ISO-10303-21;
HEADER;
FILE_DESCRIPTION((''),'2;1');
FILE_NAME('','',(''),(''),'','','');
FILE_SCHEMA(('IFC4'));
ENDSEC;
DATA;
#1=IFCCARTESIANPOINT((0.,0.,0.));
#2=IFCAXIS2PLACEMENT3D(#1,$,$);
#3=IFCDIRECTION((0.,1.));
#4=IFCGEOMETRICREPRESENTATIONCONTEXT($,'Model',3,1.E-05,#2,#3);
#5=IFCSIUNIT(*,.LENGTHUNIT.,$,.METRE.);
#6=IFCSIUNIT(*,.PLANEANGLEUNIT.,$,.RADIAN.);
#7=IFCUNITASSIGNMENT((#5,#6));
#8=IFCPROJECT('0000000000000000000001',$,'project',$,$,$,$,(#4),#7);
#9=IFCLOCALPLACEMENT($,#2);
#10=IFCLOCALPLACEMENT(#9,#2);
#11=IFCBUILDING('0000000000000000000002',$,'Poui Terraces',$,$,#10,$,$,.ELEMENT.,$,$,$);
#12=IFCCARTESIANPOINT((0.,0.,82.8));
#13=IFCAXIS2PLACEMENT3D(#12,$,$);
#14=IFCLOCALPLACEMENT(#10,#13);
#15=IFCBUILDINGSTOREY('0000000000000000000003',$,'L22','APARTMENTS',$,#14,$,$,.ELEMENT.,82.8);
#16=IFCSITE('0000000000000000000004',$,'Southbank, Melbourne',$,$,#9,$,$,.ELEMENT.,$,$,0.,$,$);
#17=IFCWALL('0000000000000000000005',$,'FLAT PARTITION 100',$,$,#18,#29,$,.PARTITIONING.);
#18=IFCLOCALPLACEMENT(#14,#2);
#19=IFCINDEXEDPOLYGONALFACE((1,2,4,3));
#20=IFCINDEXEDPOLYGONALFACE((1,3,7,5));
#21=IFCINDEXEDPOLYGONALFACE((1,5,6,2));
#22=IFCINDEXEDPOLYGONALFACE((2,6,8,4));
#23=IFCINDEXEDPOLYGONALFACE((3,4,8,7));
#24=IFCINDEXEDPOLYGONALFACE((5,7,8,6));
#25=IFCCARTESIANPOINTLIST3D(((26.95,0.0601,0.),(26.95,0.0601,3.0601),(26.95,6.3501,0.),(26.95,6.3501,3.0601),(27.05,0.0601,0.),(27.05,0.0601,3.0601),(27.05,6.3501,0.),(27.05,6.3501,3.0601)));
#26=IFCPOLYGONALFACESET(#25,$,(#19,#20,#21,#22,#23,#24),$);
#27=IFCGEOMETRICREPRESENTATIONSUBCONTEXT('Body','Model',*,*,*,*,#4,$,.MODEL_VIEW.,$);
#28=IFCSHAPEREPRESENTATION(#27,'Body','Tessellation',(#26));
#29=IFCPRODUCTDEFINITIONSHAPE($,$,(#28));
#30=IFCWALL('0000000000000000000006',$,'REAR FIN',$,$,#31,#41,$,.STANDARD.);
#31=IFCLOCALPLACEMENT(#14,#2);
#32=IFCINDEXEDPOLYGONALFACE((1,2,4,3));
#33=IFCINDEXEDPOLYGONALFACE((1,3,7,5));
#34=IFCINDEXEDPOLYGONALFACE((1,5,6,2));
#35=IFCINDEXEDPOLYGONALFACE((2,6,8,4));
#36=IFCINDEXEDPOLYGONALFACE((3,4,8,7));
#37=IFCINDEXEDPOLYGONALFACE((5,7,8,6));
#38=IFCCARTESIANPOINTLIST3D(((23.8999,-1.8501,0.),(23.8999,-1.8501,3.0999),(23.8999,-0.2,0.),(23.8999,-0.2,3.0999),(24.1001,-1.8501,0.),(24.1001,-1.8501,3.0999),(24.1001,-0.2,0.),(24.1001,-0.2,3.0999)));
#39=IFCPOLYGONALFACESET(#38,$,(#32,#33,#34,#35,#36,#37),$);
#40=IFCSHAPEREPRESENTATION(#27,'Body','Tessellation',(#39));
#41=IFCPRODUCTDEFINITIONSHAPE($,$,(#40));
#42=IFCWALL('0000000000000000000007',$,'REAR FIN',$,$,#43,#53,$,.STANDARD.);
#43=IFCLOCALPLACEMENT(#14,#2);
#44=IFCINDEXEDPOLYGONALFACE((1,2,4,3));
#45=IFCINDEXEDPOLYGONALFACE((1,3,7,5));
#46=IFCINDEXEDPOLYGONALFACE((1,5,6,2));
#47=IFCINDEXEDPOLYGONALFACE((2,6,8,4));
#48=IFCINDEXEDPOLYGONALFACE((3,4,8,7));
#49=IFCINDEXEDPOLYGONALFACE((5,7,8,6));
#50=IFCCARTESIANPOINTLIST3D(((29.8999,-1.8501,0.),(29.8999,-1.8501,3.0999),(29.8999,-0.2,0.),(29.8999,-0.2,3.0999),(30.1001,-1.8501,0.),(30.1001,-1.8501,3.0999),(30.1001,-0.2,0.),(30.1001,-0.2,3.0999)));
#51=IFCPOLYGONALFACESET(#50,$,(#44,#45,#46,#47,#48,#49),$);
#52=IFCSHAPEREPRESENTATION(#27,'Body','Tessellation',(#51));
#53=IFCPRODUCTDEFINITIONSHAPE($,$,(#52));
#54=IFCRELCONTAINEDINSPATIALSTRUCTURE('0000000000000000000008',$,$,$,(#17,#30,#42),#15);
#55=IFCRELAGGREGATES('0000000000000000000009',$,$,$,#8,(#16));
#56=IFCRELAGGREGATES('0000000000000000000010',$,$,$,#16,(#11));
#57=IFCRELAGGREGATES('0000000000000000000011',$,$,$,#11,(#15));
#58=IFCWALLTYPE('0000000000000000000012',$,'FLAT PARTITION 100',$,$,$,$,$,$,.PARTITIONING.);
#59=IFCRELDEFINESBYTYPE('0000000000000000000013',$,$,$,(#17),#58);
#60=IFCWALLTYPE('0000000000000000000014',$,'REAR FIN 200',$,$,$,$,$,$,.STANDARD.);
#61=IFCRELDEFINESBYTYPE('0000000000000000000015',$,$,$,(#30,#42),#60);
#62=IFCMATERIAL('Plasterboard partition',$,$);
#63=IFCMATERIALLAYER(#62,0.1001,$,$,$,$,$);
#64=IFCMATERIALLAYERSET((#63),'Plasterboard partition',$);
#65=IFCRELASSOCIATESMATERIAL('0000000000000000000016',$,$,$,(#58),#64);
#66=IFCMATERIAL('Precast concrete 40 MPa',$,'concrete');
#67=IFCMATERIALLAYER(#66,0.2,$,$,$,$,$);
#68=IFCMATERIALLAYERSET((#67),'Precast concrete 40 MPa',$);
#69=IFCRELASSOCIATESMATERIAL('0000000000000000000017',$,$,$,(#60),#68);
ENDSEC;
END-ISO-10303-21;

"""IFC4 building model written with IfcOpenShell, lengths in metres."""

from ifc_helpers import new_model, si_unit, direction, frame, frame_2d, origin, place, context, subcontext, project, spatial, polyline, rectangle, outline, extrude, source, transform, mapped, material, layer, layer_set, type_object, element, save


model = new_model("IFC4")

# Units and contexts
model_context = context("Model", 3, precision=1e-05, world=origin(), true_north=direction((0.0, 1.0)))
body_context = subcontext(model_context, "Body", "Model", "MODEL_VIEW")
ifc_project = project(units=[si_unit("LENGTHUNIT", "METRE"), si_unit("PLANEANGLEUNIT", "RADIAN")], contexts=[model_context])

# Site, building, storey
site_placement = place(None, origin())
site = spatial("IfcSite", under=ifc_project, at=site_placement, Name="Southbank, Melbourne", CompositionType="ELEMENT", RefElevation=0.0)
building_placement = place(site_placement, origin())
building = spatial("IfcBuilding", under=site, at=building_placement, Name="Poui Terraces", CompositionType="ELEMENT")
storey_placement = place(building_placement, frame((0.0, 0.0, 82.8)))
storey = spatial("IfcBuildingStorey", under=building, at=storey_placement, Name="L22", Description="APARTMENTS", CompositionType="ELEMENT", Elevation=82.8)

# Shared definitions
ifc_material_1 = material(Name="Precast concrete 40 MPa", Category="concrete")

# Shared definitions
ifc_material_2 = material(Name="Plasterboard partition")
ifc_layer_1 = layer(ifc_material_2, 0.1001)
ifc_layer_set_1 = layer_set([ifc_layer_1], Name="Plasterboard partition")
wall_type_1 = type_object("IfcWallType", Name="FLAT PARTITION 100", PredefinedType="PARTITIONING", material=ifc_layer_set_1)

# Walls
wall_1_placement = place(storey_placement, frame((27.0, 0.0601, 0.0), z_axis=(0.0, 0.0, 1.0), x_axis=(0.0, 1.0, 0.0)))
element("IfcWall", 1, at=wall_1_placement, inside=storey, type_object=wall_type_1, Name="FLAT PARTITION 100", PredefinedType="PARTITIONING", context=body_context, shape_type="SweptSolid", body=[
    extrude(rectangle(XDim=6.29, YDim=0.1001, at=frame_2d((3.145, 0.0))), origin(), (0.0, 0.0, 1.0), 3.0601),
])
ifc_layer_2 = layer(ifc_material_1, 0.2)
ifc_layer_set_2 = layer_set([ifc_layer_2], Name="Precast concrete 40 MPa")
wall_type_2 = type_object("IfcWallType", Name="REAR FIN 200", PredefinedType="STANDARD", material=ifc_layer_set_2)
shared_shape_1 = source(origin(), body_context, "Body", "SweptSolid", [
    extrude(outline(polyline([(0.0, 0.0), (0.2002, 0.0), (0.2002, 1.6501), (0.0, 1.6501), (0.0, 0.0)])), origin(), (0.0, 0.0, 1.0), 3.0999),
])
for number, where, name in (
    (2, (23.8999, -1.8501, 0.0), "REAR FIN"),
    (3, (29.8999, -1.8501, 0.0), "REAR FIN"),
):
    element("IfcWall", number, at=place(storey_placement, frame(where)), inside=storey, type_object=wall_type_2, Name=name, PredefinedType="STANDARD", context=body_context, shape_type="MappedRepresentation", body=[
        mapped(shared_shape_1, transform((0.0, 0.0, 0.0))),
    ])

save(model, "model.ifc")
